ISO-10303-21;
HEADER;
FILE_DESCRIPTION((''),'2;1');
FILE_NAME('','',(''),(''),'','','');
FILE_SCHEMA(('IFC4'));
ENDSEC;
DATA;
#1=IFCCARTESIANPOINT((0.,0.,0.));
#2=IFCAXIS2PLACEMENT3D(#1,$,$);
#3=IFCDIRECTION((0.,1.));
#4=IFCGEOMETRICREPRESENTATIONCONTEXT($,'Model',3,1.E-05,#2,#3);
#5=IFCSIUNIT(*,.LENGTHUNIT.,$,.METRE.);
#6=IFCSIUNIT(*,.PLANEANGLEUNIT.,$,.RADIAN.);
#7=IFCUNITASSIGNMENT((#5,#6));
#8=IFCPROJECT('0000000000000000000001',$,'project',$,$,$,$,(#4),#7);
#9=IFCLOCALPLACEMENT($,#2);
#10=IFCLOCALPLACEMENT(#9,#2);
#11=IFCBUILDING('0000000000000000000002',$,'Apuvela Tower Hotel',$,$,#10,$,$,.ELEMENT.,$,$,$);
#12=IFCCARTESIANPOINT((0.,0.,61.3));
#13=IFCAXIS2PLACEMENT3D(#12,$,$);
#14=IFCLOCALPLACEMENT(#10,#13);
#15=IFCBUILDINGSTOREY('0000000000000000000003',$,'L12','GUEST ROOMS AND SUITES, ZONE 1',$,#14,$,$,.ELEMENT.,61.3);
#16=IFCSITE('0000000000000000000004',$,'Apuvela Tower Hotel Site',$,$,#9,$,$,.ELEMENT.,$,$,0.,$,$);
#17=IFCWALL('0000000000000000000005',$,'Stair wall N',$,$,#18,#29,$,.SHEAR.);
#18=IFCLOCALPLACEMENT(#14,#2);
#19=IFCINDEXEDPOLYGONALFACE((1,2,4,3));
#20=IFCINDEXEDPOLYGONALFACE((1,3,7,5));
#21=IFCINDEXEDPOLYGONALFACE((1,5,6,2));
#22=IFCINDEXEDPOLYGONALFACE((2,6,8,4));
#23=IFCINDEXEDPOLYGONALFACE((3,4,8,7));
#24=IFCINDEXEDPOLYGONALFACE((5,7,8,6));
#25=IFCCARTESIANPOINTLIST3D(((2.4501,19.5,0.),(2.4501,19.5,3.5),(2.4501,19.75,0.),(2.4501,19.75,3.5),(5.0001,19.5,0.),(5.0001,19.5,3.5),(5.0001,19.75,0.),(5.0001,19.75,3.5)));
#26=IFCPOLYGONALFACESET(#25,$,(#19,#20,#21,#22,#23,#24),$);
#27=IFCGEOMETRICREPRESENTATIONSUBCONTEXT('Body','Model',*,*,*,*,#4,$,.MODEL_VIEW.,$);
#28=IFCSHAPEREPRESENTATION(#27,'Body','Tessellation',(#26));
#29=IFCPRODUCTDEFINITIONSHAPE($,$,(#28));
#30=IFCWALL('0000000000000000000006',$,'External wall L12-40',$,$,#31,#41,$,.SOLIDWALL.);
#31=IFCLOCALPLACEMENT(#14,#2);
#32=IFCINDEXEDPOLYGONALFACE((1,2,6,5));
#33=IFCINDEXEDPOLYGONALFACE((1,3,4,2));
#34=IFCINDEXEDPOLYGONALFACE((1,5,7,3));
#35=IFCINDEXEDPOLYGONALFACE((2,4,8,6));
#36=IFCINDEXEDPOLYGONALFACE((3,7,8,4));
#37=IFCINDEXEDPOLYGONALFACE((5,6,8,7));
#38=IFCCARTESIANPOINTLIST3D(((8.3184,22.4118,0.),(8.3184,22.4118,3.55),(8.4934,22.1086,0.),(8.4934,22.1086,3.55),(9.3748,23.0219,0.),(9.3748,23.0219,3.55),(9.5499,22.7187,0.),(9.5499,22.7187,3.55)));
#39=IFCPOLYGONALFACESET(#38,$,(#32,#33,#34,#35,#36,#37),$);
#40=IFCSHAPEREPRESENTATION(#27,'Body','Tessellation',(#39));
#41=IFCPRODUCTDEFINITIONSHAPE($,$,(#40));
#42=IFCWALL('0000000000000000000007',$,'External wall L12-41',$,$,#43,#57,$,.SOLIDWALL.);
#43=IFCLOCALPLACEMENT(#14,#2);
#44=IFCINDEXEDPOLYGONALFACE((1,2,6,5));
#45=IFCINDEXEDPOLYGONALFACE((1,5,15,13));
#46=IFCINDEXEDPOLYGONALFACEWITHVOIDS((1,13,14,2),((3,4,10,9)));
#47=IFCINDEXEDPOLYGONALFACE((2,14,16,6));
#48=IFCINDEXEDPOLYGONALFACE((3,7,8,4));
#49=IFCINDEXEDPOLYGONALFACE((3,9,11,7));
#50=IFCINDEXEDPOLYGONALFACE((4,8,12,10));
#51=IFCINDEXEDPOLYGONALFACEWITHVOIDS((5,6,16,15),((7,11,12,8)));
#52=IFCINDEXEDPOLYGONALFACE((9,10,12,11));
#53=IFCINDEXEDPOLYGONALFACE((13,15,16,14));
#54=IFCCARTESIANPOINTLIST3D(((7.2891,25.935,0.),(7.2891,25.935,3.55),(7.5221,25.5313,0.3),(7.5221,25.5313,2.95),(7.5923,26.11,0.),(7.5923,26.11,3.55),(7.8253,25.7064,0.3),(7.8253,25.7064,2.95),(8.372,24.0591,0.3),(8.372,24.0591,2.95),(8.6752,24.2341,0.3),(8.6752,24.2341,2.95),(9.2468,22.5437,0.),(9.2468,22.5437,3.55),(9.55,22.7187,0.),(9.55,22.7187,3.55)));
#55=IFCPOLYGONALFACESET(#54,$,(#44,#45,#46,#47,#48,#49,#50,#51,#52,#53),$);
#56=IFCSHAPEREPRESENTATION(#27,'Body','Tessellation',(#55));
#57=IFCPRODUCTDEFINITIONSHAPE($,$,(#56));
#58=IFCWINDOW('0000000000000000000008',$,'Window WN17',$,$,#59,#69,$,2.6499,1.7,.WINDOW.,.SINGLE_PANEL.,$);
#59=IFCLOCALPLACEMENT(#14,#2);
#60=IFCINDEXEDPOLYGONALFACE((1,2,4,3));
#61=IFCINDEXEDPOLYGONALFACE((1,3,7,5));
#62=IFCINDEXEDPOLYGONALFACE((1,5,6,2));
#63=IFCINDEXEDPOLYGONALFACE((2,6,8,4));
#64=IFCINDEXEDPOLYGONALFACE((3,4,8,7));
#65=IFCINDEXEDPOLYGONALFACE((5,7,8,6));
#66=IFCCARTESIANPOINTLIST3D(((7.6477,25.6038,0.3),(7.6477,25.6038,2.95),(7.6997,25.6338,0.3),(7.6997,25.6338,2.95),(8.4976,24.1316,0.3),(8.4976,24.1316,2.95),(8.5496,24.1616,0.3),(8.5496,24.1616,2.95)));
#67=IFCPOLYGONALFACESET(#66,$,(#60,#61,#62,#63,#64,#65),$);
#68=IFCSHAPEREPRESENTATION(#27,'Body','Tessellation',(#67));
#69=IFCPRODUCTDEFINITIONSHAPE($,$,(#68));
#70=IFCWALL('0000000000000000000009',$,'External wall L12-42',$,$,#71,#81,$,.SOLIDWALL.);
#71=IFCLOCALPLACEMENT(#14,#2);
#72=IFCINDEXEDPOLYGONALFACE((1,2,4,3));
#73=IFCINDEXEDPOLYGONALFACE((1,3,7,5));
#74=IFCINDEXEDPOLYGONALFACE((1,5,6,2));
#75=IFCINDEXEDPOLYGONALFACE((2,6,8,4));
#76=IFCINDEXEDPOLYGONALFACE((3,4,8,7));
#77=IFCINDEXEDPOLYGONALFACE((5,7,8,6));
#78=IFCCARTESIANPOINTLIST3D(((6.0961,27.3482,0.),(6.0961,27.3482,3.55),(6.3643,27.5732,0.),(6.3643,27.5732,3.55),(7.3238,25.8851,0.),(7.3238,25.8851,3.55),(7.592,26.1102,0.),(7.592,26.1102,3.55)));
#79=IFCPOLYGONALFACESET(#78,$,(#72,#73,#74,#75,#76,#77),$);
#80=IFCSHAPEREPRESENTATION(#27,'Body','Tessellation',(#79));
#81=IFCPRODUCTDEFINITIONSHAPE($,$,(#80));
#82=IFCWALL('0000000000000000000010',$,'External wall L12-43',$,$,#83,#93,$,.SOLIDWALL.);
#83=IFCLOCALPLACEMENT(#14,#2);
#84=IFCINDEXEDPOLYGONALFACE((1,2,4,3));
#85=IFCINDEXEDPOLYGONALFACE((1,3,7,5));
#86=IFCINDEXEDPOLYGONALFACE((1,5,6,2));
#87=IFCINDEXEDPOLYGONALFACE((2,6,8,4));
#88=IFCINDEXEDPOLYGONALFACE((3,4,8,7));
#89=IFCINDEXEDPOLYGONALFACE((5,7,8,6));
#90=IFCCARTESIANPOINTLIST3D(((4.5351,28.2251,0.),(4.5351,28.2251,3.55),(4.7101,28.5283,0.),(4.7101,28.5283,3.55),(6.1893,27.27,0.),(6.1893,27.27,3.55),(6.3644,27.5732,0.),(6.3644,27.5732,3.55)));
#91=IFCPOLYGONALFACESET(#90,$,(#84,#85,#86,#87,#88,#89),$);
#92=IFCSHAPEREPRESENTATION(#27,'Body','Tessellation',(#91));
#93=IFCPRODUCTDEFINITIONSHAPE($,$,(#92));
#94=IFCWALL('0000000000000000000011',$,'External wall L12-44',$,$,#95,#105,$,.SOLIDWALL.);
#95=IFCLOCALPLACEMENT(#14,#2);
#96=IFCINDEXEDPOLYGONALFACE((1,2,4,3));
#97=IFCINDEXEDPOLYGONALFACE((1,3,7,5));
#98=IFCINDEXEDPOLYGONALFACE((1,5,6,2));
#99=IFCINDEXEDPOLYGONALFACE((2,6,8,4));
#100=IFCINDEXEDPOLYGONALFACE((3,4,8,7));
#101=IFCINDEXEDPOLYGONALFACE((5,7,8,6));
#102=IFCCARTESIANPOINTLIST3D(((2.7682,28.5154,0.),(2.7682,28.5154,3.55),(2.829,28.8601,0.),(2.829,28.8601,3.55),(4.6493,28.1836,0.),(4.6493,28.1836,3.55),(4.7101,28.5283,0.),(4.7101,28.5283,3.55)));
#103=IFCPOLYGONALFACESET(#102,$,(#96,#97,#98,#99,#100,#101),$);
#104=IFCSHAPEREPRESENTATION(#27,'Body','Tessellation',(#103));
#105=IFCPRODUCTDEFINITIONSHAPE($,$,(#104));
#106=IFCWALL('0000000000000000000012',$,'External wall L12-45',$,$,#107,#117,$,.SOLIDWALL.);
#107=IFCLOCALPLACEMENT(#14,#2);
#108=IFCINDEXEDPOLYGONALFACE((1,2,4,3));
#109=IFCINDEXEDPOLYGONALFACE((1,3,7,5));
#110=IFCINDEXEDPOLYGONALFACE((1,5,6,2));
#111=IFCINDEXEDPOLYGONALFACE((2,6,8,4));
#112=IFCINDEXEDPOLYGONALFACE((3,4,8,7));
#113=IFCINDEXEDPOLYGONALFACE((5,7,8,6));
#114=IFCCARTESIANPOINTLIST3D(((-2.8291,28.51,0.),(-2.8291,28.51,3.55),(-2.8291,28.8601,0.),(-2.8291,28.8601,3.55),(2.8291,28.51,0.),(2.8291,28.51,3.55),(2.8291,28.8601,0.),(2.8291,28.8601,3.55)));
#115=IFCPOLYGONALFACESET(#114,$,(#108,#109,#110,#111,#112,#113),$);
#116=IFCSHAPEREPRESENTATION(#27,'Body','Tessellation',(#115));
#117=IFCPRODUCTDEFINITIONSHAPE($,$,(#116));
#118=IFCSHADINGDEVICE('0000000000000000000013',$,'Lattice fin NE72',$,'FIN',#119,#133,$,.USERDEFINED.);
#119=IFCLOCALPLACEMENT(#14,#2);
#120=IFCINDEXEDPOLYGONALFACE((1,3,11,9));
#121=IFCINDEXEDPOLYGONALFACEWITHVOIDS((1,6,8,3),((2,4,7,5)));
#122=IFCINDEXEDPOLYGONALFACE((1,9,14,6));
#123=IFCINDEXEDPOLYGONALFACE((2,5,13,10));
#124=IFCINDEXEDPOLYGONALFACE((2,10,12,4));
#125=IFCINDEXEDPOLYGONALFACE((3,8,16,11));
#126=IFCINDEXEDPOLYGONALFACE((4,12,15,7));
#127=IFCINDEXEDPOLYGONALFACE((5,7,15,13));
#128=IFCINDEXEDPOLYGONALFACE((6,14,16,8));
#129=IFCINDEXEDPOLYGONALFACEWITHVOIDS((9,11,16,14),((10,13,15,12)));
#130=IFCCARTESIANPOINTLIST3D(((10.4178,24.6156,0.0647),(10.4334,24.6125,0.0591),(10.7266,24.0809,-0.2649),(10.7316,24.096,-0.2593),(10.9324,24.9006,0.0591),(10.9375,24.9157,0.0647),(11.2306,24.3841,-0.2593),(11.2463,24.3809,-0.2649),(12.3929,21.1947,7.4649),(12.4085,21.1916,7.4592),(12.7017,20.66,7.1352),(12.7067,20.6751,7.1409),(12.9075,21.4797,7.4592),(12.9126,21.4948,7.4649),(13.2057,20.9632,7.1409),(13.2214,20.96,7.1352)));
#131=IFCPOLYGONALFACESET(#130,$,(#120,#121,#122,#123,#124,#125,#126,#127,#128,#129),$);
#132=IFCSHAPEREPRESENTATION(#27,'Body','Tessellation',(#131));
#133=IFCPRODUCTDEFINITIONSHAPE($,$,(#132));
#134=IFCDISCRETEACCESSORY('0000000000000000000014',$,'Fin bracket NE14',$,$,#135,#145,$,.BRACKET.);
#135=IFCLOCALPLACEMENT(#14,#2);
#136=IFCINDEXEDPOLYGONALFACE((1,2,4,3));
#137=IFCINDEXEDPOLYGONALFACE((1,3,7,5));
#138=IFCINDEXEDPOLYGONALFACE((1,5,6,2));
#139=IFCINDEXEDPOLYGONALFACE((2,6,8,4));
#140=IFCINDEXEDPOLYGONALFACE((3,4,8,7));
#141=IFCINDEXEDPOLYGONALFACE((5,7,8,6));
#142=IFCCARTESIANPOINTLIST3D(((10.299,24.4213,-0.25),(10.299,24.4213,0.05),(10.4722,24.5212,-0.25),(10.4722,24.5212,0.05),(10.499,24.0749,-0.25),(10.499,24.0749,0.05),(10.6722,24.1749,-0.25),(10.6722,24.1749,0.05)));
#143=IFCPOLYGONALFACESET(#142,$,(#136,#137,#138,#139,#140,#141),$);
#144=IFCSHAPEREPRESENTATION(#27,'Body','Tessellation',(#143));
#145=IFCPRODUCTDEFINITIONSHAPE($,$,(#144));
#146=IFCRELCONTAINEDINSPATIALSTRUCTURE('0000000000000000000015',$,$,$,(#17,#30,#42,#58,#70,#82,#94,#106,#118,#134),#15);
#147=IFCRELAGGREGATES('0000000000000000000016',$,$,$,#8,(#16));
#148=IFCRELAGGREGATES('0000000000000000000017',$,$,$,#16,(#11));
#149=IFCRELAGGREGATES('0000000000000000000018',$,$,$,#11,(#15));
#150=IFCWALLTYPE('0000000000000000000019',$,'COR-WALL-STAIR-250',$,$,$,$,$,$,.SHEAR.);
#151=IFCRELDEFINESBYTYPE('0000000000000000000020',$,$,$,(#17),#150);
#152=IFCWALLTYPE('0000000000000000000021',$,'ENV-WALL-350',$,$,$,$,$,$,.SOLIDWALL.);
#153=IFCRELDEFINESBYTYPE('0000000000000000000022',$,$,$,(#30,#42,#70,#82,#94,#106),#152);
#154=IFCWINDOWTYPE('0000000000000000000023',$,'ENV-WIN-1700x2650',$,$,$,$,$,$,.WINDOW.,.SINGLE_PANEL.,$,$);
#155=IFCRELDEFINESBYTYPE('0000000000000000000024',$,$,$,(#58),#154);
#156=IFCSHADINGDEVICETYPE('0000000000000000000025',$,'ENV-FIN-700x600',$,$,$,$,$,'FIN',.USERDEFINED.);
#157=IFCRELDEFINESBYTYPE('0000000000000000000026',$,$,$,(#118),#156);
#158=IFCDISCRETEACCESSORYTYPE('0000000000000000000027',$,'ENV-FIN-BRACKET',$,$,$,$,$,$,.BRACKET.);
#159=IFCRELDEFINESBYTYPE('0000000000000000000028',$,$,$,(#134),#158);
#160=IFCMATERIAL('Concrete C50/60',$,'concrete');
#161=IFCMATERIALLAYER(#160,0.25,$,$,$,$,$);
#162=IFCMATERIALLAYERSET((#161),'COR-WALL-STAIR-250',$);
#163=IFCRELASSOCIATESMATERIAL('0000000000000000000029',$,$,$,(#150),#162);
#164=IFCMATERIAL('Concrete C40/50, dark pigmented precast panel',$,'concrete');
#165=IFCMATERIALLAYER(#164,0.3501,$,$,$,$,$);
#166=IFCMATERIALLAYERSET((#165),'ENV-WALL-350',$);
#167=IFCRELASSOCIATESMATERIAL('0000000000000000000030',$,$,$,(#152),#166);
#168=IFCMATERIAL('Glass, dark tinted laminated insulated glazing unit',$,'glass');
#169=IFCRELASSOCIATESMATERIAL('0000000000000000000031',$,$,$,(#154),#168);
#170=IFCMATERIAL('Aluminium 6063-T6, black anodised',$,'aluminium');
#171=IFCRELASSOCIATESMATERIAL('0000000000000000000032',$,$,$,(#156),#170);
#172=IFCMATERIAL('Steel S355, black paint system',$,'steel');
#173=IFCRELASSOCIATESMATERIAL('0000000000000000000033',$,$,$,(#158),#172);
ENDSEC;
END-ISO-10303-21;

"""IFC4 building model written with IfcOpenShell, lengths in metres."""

from ifc_helpers import new_model, si_unit, direction, frame, frame_2d, origin, origin_2d, place, context, subcontext, project, spatial, rectangle, hollow_rectangle, extrude, material, layer, layer_set, material_profile, profile_set, type_object, element, fill, save


model = new_model("IFC4")

# Units and contexts
model_context = context("Model", 3, precision=1e-05, world=origin(), true_north=direction((0.0, 1.0)))
body_context = subcontext(model_context, "Body", "Model", "MODEL_VIEW")
ifc_project = project(units=[si_unit("LENGTHUNIT", "METRE"), si_unit("PLANEANGLEUNIT", "RADIAN")], contexts=[model_context])

# Site, building, storey
site_placement = place(None, origin())
site = spatial("IfcSite", under=ifc_project, at=site_placement, Name="Apuvela Tower Hotel Site", CompositionType="ELEMENT", RefElevation=0.0)
building_placement = place(site_placement, origin())
building = spatial("IfcBuilding", under=site, at=building_placement, Name="Apuvela Tower Hotel", CompositionType="ELEMENT")
storey_placement = place(building_placement, frame((0.0, 0.0, 61.3)))
storey = spatial("IfcBuildingStorey", under=building, at=storey_placement, Name="L12", Description="GUEST ROOMS AND SUITES, ZONE 1", CompositionType="ELEMENT", Elevation=61.3)

# Walls
ifc_material_1 = material(Name="Concrete C50/60", Category="concrete")
ifc_layer_1 = layer(ifc_material_1, 0.25)
ifc_layer_set_1 = layer_set([ifc_layer_1], Name="COR-WALL-STAIR-250")
wall_type_1 = type_object("IfcWallType", Name="COR-WALL-STAIR-250", PredefinedType="SHEAR", material=ifc_layer_set_1)
wall_1_placement = place(storey_placement, frame((5.0, 19.625, 0.0), z_axis=(0.0, 0.0, 1.0), x_axis=(-1.0, 0.0, 0.0)))
element("IfcWall", 1, at=wall_1_placement, inside=storey, type_object=wall_type_1, Name="Stair wall N", PredefinedType="SHEAR", context=body_context, shape_type="SweptSolid", body=[
    extrude(rectangle(XDim=2.55, YDim=0.25, at=frame_2d((1.2749, 0.0))), origin(), (0.0, 0.0, 1.0), 3.5),
])
ifc_material_2 = material(Name="Concrete C40/50, dark pigmented precast panel", Category="concrete")
ifc_layer_2 = layer(ifc_material_2, 0.3501)
ifc_layer_set_2 = layer_set([ifc_layer_2], Name="ENV-WALL-350")
wall_type_2 = type_object("IfcWallType", Name="ENV-WALL-350", PredefinedType="SOLIDWALL", material=ifc_layer_set_2)
wall_2_placement = place(storey_placement, frame((8.406, 22.2603, 0.0), z_axis=(0.0, 0.0, 1.0), x_axis=(0.865956, 0.500121, 0.0)))
element("IfcWall", 2, at=wall_2_placement, inside=storey, type_object=wall_type_2, Name="External wall L12-40", PredefinedType="SOLIDWALL", context=body_context, shape_type="SweptSolid", body=[
    extrude(rectangle(XDim=1.22, YDim=0.3501, at=frame_2d((0.6099, 0.0))), origin(), (0.0, 0.0, 1.0), 3.55),
])

# Wall, opening, window
wall_3_placement = place(storey_placement, frame((9.3984, 22.6311, 0.0), z_axis=(0.0, 0.0, 1.0), x_axis=(-0.499955, 0.866052, 0.0)))
wall_3 = element("IfcWall", 3, at=wall_3_placement, inside=storey, type_object=wall_type_2, Name="External wall L12-41", PredefinedType="SOLIDWALL", context=body_context, shape_type="SweptSolid", body=[
    extrude(rectangle(XDim=3.9158, YDim=0.3501, at=frame_2d((1.958, 0.0))), origin(), (0.0, 0.0, 1.0), 3.55),
])
opening_placement = place(wall_3_placement, frame((1.7498, 0.0, 0.3)))
opening = element("IfcOpeningElement", 4, at=opening_placement, cuts=wall_3, PredefinedType="OPENING", context=body_context, shape_type="SweptSolid", body=[
    extrude(rectangle(XDim=1.7, YDim=2.6499, at=frame_2d((0.8501, 1.325))), frame((0.0, 0.1851, 0.0), z_axis=(0.0, -1.0, 0.0), x_axis=(1.0, 0.0, 0.0)), (0.0, 0.0, 1.0), 0.3701),
])
ifc_material_3 = material(Name="Glass, dark tinted laminated insulated glazing unit", Category="glass")
window_type = type_object("IfcWindowType", Name="ENV-WIN-1700x2650", PartitioningType="SINGLE_PANEL", PredefinedType="WINDOW", material=ifc_material_3)
window_placement = place(opening_placement, origin())
window = element("IfcWindow", 5, at=window_placement, inside=storey, type_object=window_type, Name="Window WN17", OverallHeight=2.6499, OverallWidth=1.7, PartitioningType="SINGLE_PANEL", PredefinedType="WINDOW", context=body_context, shape_type="SweptSolid", body=[
    extrude(rectangle(XDim=1.7, YDim=2.6499, at=frame_2d((0.8501, 1.325))), frame((0.0, 0.03, 0.0), z_axis=(0.0, -1.0, 0.0), x_axis=(1.0, 0.0, 0.0)), (0.0, 0.0, 1.0), 0.0601),
])
fill(opening, window)

# Walls
wall_4_placement = place(storey_placement, frame((7.458, 25.9976, 0.0), z_axis=(0.0, 0.0, 1.0), x_axis=(-0.642808, 0.766027, 0.0)))
element("IfcWall", 6, at=wall_4_placement, inside=storey, type_object=wall_type_2, Name="External wall L12-42", PredefinedType="SOLIDWALL", context=body_context, shape_type="SweptSolid", body=[
    extrude(rectangle(XDim=1.9099, YDim=0.3501, at=frame_2d((0.9551, 0.0))), origin(), (0.0, 0.0, 1.0), 3.55),
])
for number, where, z_axis, x_axis, name in (
    (7, (6.2769, 27.4216, 0.0), (0.0, 0.0, 1.0), (-0.866032, 0.499988, 0.0), "External wall L12-43"),
    (8, (4.6797, 28.356, 0.0), (0.0, 0.0, 1.0), (-0.984799, 0.173698, 0.0), "External wall L12-44"),
):
    element("IfcWall", number, at=place(storey_placement, frame(where, z_axis=z_axis, x_axis=x_axis)), inside=storey, type_object=wall_type_2, Name=name, PredefinedType="SOLIDWALL", context=body_context, shape_type="SweptSolid", body=[
        extrude(rectangle(XDim=1.9102, YDim=0.3501, at=frame_2d((0.9551, 0.0))), origin(), (0.0, 0.0, 1.0), 3.55),
    ])
wall_5_placement = place(storey_placement, frame((2.8291, 28.6851, 0.0), z_axis=(0.0, 0.0, 1.0), x_axis=(-1.0, 0.0, 0.0)))
element("IfcWall", 9, at=wall_5_placement, inside=storey, type_object=wall_type_2, Name="External wall L12-45", PredefinedType="SOLIDWALL", context=body_context, shape_type="SweptSolid", body=[
    extrude(rectangle(XDim=5.6582, YDim=0.3501, at=frame_2d((2.8291, 0.0))), origin(), (0.0, 0.0, 1.0), 3.55),
])

# Shading device
ifc_material_4 = material(Name="Aluminium 6063-T6, black anodised", Category="aluminium")
ifc_material_profile_1 = material_profile(ifc_material_4, hollow_rectangle(XDim=0.6001, YDim=0.7, WallThickness=0.012, at=origin_2d()), Name="AL BOX 700x600x12")
ifc_profile_set_1 = profile_set([ifc_material_profile_1], Name="Aluminium 6063-T6, black anodised")
shading_device_type = type_object("IfcShadingDeviceType", Name="ENV-FIN-700x600", ElementType="FIN", PredefinedType="USERDEFINED", material=ifc_profile_set_1)
shading_device_placement = place(storey_placement, frame((10.832, 24.4983, -0.1001), z_axis=(0.235455, -0.407812, 0.882185), x_axis=(0.866021, 0.500008, 0.0)))
element("IfcShadingDevice", 10, at=shading_device_placement, inside=storey, type_object=shading_device_type, Name="Lattice fin NE72", ObjectType="FIN", PredefinedType="USERDEFINED", context=body_context, shape_type="SweptSolid", body=[
    extrude(hollow_rectangle(XDim=0.6001, YDim=0.7, WallThickness=0.012, at=origin_2d()), origin(), (0.0, 0.0, 1.0), 8.3884),
])

# Discrete accessory
ifc_material_5 = material(Name="Steel S355, black paint system", Category="steel")
discrete_accessory_type = type_object("IfcDiscreteAccessoryType", Name="ENV-FIN-BRACKET", PredefinedType="BRACKET", material=ifc_material_5)
discrete_accessory_placement = place(storey_placement, frame((10.4856, 24.2981, -0.25), z_axis=(0.0, 0.0, 1.0), x_axis=(-0.5, 0.866025, 0.0)))
element("IfcDiscreteAccessory", 11, at=discrete_accessory_placement, inside=storey, type_object=discrete_accessory_type, Name="Fin bracket NE14", PredefinedType="BRACKET", context=body_context, shape_type="SweptSolid", body=[
    extrude(rectangle(XDim=0.3999, YDim=0.2, at=origin_2d()), origin(), (0.0, 0.0, 1.0), 0.3),
])

save(model, "model.ifc")
